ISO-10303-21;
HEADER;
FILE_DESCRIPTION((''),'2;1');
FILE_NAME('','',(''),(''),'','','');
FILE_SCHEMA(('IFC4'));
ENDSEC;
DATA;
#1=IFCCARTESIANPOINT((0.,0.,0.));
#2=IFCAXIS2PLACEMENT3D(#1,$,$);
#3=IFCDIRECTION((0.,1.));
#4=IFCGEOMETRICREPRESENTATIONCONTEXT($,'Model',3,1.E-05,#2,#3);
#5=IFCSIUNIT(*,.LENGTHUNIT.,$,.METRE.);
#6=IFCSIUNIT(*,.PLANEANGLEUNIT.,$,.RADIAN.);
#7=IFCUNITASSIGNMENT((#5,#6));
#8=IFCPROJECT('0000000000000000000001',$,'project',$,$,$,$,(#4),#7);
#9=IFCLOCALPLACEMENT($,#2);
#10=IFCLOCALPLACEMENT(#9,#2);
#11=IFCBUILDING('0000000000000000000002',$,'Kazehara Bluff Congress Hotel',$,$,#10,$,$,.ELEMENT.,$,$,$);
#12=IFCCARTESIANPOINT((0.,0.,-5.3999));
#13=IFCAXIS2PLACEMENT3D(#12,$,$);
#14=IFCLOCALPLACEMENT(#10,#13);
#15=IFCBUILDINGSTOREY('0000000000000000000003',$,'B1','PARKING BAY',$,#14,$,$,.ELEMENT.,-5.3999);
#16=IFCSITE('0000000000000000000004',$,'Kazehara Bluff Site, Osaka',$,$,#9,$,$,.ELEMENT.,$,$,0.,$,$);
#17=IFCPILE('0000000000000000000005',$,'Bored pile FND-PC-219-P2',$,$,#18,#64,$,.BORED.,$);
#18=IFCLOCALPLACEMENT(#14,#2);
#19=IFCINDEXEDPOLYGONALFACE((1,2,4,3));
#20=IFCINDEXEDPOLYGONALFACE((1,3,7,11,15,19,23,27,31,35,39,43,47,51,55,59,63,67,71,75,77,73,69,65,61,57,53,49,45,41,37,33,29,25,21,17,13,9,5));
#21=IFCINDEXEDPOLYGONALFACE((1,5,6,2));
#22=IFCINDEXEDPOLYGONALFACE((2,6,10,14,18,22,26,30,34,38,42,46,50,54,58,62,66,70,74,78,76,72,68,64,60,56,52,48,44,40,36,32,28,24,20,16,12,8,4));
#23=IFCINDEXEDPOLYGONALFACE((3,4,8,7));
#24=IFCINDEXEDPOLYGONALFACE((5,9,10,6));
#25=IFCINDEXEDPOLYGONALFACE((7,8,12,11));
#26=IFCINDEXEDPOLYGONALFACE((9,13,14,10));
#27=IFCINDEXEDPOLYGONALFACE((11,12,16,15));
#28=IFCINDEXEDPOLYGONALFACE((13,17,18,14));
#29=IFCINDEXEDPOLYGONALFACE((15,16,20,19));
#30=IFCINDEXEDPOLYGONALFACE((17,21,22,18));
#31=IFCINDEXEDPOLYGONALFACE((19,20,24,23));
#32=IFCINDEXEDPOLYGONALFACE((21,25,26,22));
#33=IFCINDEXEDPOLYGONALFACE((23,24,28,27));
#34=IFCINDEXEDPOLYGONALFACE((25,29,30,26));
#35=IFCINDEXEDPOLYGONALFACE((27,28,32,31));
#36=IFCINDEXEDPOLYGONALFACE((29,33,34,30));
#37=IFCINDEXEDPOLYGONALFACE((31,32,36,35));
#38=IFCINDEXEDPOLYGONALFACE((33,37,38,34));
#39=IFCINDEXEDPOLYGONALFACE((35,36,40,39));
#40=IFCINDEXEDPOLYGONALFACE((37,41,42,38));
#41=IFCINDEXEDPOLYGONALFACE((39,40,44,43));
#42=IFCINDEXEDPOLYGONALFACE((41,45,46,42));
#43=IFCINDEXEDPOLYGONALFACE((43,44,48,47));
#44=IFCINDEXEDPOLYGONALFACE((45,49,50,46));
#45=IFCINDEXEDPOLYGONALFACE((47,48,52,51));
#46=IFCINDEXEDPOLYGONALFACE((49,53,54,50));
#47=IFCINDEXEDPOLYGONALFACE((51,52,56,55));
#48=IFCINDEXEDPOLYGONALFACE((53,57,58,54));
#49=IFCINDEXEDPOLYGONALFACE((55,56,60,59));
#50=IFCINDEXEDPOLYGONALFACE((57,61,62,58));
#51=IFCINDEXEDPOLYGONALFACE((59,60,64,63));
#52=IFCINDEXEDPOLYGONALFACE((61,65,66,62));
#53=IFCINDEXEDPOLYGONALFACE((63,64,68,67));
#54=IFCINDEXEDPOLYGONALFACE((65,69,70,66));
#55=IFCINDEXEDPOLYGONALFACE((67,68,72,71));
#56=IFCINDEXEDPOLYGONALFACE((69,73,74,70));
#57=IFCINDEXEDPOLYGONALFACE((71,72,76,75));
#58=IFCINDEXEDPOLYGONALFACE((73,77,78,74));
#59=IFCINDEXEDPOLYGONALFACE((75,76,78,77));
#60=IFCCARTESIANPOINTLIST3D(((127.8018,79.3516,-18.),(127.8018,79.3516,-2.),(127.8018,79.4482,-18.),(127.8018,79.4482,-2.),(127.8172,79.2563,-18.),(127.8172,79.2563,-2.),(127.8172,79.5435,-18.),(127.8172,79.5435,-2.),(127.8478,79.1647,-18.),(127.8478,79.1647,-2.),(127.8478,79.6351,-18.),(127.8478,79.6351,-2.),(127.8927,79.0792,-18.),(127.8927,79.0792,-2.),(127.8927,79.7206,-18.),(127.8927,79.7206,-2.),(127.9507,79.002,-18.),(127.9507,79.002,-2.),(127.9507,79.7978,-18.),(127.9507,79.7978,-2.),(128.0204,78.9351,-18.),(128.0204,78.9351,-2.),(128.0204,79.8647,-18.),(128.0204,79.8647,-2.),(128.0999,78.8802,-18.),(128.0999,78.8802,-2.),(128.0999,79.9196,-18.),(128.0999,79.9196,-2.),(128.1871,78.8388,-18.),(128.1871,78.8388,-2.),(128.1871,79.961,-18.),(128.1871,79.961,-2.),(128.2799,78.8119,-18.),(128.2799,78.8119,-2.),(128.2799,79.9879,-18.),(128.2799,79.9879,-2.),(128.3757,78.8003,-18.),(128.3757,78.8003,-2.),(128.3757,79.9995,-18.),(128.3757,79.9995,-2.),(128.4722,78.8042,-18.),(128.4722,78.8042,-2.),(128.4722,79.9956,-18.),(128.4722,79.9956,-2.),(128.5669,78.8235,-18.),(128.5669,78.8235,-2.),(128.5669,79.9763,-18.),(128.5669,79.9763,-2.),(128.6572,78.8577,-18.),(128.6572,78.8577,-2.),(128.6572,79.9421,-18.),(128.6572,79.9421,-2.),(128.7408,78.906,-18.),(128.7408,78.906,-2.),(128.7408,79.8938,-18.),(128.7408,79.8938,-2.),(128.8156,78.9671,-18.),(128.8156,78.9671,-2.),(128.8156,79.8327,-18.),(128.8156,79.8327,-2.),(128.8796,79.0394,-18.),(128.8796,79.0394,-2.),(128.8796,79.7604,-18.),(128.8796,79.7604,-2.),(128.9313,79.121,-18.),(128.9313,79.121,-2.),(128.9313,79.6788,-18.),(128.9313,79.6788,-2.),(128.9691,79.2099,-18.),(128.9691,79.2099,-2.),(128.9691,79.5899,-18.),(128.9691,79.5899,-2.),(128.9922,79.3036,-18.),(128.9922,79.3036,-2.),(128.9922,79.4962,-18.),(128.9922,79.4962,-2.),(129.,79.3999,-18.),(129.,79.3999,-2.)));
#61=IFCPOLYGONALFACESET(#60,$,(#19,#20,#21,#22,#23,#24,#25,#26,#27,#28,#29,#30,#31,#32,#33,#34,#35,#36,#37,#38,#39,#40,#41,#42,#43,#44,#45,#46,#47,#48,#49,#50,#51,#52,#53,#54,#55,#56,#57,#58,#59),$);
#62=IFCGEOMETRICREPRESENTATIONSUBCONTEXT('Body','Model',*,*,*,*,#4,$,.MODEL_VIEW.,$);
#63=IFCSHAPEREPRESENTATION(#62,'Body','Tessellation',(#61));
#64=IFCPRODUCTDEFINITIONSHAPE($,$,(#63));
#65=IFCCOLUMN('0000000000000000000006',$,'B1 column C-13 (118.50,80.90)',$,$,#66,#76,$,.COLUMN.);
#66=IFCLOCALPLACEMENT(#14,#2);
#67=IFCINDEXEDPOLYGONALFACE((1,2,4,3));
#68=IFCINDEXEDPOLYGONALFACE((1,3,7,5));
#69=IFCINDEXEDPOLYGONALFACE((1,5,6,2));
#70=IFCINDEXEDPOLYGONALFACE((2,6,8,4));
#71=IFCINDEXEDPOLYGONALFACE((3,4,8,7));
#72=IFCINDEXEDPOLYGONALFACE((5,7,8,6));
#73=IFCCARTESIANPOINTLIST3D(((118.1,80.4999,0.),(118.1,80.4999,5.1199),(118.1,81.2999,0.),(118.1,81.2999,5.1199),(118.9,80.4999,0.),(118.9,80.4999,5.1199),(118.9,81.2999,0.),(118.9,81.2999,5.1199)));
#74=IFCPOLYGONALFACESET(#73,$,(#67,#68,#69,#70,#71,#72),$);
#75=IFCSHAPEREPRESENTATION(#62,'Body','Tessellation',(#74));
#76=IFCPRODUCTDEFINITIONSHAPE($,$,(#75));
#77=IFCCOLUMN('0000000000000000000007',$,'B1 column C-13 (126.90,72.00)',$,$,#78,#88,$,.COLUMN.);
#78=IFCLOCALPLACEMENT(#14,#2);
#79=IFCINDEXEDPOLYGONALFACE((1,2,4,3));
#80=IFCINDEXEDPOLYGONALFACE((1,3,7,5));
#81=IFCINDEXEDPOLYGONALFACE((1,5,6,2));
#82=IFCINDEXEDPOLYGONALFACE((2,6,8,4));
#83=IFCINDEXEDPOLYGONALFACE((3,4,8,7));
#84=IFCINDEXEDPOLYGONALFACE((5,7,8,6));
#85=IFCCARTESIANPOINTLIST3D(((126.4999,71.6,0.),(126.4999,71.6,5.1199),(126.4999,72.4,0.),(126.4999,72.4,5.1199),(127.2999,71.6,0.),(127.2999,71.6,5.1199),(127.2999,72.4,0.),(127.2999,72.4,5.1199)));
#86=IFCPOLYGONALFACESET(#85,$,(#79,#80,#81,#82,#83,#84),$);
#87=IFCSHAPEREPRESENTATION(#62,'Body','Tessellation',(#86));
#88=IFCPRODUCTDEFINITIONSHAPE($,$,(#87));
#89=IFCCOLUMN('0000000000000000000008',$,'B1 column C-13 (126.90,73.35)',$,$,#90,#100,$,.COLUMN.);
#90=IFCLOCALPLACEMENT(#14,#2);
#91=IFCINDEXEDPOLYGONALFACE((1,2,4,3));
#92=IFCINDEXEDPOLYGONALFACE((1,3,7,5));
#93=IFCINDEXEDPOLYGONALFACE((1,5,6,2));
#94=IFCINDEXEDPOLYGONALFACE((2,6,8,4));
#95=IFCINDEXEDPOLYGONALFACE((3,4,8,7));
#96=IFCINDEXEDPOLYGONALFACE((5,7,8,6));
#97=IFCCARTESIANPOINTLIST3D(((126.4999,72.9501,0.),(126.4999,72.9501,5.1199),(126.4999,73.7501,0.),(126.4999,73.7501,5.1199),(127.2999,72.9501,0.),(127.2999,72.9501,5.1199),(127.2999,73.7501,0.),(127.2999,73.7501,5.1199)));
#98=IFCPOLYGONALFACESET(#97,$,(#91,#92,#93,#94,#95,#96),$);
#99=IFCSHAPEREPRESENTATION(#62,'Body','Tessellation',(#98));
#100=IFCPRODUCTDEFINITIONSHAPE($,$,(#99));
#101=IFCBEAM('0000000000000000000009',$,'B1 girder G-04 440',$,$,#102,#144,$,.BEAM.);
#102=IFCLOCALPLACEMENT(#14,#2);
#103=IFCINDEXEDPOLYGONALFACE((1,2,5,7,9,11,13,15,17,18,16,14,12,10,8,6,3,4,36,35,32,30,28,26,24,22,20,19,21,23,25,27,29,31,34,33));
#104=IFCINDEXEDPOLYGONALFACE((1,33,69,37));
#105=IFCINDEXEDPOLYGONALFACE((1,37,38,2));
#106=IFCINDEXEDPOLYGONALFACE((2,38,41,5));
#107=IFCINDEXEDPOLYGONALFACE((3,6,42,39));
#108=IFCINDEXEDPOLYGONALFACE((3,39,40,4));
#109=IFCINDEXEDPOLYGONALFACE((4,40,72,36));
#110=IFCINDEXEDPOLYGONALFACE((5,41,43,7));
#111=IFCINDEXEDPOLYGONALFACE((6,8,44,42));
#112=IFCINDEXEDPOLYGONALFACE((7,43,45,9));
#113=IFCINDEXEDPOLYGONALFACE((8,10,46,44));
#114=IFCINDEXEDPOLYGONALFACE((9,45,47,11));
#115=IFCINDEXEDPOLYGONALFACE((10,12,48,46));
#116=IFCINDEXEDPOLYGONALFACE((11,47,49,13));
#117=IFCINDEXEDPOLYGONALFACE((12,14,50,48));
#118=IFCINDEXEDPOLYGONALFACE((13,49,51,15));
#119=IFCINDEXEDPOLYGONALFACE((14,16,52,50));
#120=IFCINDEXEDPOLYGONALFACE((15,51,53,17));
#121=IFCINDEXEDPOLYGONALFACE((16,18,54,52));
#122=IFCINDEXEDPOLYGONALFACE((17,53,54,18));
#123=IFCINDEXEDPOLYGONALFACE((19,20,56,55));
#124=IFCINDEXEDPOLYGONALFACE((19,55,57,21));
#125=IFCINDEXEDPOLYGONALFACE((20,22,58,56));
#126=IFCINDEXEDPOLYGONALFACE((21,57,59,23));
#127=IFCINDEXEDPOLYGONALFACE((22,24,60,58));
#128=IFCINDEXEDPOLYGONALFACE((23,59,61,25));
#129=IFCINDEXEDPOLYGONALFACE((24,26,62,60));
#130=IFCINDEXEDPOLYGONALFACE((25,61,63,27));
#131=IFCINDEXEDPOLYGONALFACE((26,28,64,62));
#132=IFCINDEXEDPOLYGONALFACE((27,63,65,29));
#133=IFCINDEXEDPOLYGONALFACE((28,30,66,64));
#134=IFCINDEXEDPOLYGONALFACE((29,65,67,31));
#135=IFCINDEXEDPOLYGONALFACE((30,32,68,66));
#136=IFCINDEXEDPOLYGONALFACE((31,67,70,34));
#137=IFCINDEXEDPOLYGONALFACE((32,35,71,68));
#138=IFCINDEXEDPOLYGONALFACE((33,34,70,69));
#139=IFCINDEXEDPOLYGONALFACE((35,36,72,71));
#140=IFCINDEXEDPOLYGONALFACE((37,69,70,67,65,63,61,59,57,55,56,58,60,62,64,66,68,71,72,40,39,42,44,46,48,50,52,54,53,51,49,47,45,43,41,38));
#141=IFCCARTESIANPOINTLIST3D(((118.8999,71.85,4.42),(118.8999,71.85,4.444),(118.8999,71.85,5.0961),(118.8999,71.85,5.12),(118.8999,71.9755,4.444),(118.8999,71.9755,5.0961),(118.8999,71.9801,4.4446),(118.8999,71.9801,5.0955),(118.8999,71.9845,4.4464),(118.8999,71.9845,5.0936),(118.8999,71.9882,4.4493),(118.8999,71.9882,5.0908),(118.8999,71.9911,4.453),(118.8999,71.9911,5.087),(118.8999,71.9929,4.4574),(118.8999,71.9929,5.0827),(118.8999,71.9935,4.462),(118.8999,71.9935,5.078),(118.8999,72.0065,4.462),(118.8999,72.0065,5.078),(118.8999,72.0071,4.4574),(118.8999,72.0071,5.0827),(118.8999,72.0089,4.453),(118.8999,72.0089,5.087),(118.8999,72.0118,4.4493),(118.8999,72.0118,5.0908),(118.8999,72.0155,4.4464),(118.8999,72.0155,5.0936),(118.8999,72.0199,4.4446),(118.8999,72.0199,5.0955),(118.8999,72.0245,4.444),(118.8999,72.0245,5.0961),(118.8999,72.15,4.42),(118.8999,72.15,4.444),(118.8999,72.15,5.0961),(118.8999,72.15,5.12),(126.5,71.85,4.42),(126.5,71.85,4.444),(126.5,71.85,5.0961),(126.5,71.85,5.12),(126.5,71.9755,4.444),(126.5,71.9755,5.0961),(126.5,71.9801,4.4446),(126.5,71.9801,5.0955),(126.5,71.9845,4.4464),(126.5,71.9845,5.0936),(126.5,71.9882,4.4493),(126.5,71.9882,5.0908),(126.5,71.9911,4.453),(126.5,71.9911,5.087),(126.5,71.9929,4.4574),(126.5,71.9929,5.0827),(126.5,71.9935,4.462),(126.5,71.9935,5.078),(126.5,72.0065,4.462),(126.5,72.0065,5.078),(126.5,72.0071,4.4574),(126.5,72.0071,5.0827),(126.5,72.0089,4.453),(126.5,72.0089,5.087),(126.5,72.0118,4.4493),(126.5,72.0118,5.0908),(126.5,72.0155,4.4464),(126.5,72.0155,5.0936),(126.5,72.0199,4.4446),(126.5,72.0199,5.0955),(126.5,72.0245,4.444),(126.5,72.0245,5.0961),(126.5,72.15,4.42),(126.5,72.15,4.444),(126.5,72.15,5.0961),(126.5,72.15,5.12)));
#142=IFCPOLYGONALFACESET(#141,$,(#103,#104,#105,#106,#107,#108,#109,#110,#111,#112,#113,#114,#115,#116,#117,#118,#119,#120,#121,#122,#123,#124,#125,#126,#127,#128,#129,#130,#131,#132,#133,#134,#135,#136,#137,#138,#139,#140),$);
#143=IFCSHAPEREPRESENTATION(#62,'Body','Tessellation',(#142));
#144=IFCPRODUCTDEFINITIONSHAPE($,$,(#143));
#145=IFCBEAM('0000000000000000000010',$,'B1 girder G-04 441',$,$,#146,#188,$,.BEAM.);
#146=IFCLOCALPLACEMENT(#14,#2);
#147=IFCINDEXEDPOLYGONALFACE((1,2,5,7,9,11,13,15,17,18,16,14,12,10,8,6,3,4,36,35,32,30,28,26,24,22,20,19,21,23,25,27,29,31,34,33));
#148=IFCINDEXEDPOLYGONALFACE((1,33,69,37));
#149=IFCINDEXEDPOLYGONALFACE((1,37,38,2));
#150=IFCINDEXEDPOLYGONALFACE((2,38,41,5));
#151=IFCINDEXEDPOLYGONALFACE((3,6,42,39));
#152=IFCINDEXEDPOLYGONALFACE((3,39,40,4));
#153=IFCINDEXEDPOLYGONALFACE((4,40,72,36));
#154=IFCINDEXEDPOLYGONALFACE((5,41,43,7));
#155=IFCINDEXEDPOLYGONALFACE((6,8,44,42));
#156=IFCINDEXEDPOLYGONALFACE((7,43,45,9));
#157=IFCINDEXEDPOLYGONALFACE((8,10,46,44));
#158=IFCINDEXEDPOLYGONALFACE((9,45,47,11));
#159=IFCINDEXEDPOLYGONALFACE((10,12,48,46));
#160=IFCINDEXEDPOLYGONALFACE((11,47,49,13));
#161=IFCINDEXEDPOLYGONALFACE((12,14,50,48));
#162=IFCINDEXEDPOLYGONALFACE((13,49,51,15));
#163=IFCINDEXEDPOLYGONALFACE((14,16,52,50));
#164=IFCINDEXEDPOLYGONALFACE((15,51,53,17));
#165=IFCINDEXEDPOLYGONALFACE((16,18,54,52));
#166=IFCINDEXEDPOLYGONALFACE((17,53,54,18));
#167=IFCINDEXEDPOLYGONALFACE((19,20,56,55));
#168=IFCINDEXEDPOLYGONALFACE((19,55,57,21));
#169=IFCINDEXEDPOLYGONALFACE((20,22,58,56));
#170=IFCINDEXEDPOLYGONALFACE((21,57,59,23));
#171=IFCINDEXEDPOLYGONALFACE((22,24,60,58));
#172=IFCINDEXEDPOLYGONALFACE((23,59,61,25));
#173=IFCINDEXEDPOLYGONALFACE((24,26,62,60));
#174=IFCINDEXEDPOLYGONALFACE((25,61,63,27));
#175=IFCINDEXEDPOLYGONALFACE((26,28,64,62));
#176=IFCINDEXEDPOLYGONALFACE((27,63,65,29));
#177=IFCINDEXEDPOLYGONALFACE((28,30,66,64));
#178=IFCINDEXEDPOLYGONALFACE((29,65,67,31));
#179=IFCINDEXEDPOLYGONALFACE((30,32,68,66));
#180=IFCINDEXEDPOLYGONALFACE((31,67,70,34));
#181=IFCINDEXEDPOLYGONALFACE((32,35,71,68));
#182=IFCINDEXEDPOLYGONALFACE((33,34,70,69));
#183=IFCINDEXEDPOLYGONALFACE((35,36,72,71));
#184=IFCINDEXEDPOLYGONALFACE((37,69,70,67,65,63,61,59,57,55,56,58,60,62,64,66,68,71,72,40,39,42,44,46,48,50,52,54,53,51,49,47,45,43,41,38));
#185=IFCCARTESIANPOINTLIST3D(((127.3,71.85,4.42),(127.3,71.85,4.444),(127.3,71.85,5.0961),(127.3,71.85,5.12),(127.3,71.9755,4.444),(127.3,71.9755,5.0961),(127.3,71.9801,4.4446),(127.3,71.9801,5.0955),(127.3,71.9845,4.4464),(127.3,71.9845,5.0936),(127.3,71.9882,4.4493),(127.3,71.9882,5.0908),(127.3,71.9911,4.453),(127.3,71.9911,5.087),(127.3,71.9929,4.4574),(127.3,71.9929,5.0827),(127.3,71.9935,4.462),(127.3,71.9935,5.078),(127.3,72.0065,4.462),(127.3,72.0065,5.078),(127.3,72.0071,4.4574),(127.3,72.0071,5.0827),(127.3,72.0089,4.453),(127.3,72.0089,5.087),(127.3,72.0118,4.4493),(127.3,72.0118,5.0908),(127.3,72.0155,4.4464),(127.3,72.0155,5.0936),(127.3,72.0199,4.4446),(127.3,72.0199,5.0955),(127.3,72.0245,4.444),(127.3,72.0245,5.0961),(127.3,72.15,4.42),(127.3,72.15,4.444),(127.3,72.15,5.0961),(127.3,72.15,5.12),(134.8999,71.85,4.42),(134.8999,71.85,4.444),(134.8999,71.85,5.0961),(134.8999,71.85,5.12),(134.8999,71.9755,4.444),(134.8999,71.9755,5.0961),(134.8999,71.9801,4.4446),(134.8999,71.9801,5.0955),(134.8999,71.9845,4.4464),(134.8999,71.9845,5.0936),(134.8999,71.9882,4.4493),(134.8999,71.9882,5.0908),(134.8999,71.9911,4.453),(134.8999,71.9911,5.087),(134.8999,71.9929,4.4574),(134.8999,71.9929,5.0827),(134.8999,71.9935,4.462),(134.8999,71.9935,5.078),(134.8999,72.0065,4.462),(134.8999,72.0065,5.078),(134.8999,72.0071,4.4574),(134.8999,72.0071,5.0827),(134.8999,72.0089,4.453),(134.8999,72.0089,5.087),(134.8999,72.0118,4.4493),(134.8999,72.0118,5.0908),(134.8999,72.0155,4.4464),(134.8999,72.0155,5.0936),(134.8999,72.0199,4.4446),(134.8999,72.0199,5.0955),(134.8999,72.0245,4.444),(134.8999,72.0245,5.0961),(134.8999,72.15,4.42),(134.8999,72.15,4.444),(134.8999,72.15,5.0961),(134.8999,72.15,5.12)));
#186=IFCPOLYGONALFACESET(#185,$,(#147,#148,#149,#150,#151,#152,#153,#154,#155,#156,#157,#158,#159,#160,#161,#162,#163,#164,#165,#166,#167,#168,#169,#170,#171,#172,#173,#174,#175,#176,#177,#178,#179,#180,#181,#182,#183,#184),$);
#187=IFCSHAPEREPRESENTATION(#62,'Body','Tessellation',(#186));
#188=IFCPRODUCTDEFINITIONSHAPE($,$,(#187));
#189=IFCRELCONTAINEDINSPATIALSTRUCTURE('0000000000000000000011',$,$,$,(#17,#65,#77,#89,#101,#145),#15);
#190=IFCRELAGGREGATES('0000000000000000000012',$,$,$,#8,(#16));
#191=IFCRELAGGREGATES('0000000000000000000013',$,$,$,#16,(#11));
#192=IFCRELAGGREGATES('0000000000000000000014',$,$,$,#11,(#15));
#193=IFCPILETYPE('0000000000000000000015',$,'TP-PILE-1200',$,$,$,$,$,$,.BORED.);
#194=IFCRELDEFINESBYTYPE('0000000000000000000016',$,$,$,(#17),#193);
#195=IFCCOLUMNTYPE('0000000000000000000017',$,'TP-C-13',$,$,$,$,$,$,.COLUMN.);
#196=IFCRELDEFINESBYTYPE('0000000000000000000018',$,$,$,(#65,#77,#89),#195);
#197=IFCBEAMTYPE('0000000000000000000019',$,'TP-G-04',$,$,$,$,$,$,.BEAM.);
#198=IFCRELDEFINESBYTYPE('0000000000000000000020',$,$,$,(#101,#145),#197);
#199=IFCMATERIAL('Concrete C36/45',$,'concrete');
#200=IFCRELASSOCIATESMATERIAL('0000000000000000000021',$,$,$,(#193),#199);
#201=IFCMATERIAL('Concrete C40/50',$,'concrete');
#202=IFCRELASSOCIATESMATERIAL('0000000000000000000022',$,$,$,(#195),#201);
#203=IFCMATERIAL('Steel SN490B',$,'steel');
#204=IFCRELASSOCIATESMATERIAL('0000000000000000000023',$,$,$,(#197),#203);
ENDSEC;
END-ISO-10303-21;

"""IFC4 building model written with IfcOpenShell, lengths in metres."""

from ifc_helpers import new_model, si_unit, direction, frame, origin, origin_2d, place, context, subcontext, project, spatial, rectangle, circle, i_section, extrude, material, material_profile, profile_set, type_object, element, save


model = new_model("IFC4")

# Units and contexts
model_context = context("Model", 3, precision=1e-05, world=origin(), true_north=direction((0.0, 1.0)))
body_context = subcontext(model_context, "Body", "Model", "MODEL_VIEW")
ifc_project = project(units=[si_unit("LENGTHUNIT", "METRE"), si_unit("PLANEANGLEUNIT", "RADIAN")], contexts=[model_context])

# Site, building, storey
site_placement = place(None, origin())
site = spatial("IfcSite", under=ifc_project, at=site_placement, Name="Kazehara Bluff Site, Osaka", CompositionType="ELEMENT", RefElevation=0.0)
building_placement = place(site_placement, origin())
building = spatial("IfcBuilding", under=site, at=building_placement, Name="Kazehara Bluff Congress Hotel", CompositionType="ELEMENT")
storey_placement = place(building_placement, frame((0.0, 0.0, -5.3999)))
storey = spatial("IfcBuildingStorey", under=building, at=storey_placement, Name="B1", Description="PARKING BAY", CompositionType="ELEMENT", Elevation=-5.3999)

# Pile
ifc_material_1 = material(Name="Concrete C36/45", Category="concrete")
ifc_material_profile_1 = material_profile(ifc_material_1, circle(Radius=0.6001, at=origin_2d()))
ifc_profile_set_1 = profile_set([ifc_material_profile_1], Name="Concrete C36/45")
pile_type = type_object("IfcPileType", Name="TP-PILE-1200", PredefinedType="BORED", material=ifc_profile_set_1)
for number, where, z_axis, x_axis, name in (
    (1, (128.3999, 79.3999, -2.0), (0.0, 0.0, -1.0), (1.0, 0.0, 0.0), "Bored pile FND-PC-219-P2"),
):
    element("IfcPile", number, at=place(storey_placement, frame(where, z_axis=z_axis, x_axis=x_axis)), inside=storey, type_object=pile_type, Name=name, PredefinedType="BORED", context=body_context, shape_type="SweptSolid", body=[
        extrude(circle(Radius=0.6001, at=origin_2d()), origin(), (0.0, 0.0, 1.0), 16.0),
    ])

# Columns
ifc_material_2 = material(Name="Concrete C40/50", Category="concrete")
ifc_material_profile_2 = material_profile(ifc_material_2, rectangle(XDim=0.8, YDim=0.8, at=origin_2d()))
ifc_profile_set_2 = profile_set([ifc_material_profile_2], Name="Concrete C40/50")
column_type = type_object("IfcColumnType", Name="TP-C-13", PredefinedType="COLUMN", material=ifc_profile_set_2)
for number, where, z_axis, x_axis, name in (
    (2, (118.5, 80.8999, 0.0), (0.0, 0.0, 1.0), (1.0, 0.0, 0.0), "B1 column C-13 (118.50,80.90)"),
    (3, (126.8999, 72.0, 0.0), (0.0, 0.0, 1.0), (1.0, 0.0, 0.0), "B1 column C-13 (126.90,72.00)"),
    (4, (126.8999, 73.3501, 0.0), (0.0, 0.0, 1.0), (1.0, 0.0, 0.0), "B1 column C-13 (126.90,73.35)"),
):
    element("IfcColumn", number, at=place(storey_placement, frame(where, z_axis=z_axis, x_axis=x_axis)), inside=storey, type_object=column_type, Name=name, PredefinedType="COLUMN", context=body_context, shape_type="SweptSolid", body=[
        extrude(rectangle(XDim=0.8, YDim=0.8, at=origin_2d()), origin(), (0.0, 0.0, 1.0), 5.1199),
    ])

# Beams
ifc_material_3 = material(Name="Steel SN490B", Category="steel")
ifc_material_profile_3 = material_profile(ifc_material_3, i_section(OverallWidth=0.3, OverallDepth=0.7, WebThickness=0.0129, FlangeThickness=0.0239, FilletRadius=0.0181, at=origin_2d()))
ifc_profile_set_3 = profile_set([ifc_material_profile_3], Name="Steel SN490B")
beam_type_1 = type_object("IfcBeamType", Name="TP-G-04", PredefinedType="BEAM", material=ifc_profile_set_3)
beam_1_placement = place(storey_placement, frame((118.8999, 72.0, 4.77), z_axis=(1.0, 0.0, 0.0), x_axis=(0.0, 1.0, 0.0)))
element("IfcBeam", 5, at=beam_1_placement, inside=storey, type_object=beam_type_1, Name="B1 girder G-04 440", PredefinedType="BEAM", context=body_context, shape_type="SweptSolid", body=[
    extrude(i_section(OverallWidth=0.3, OverallDepth=0.7, WebThickness=0.0129, FlangeThickness=0.0239, FilletRadius=0.0181, at=origin_2d()), origin(), (0.0, 0.0, 1.0), 7.6001),
])
beam_2_placement = place(storey_placement, frame((127.3, 72.0, 4.77), z_axis=(1.0, 0.0, 0.0), x_axis=(0.0, 1.0, 0.0)))
element("IfcBeam", 6, at=beam_2_placement, inside=storey, type_object=beam_type_1, Name="B1 girder G-04 441", PredefinedType="BEAM", context=body_context, shape_type="SweptSolid", body=[
    extrude(i_section(OverallWidth=0.3, OverallDepth=0.7, WebThickness=0.0129, FlangeThickness=0.0239, FilletRadius=0.0181, at=origin_2d()), origin(), (0.0, 0.0, 1.0), 7.5999),
])

save(model, "model.ifc")
